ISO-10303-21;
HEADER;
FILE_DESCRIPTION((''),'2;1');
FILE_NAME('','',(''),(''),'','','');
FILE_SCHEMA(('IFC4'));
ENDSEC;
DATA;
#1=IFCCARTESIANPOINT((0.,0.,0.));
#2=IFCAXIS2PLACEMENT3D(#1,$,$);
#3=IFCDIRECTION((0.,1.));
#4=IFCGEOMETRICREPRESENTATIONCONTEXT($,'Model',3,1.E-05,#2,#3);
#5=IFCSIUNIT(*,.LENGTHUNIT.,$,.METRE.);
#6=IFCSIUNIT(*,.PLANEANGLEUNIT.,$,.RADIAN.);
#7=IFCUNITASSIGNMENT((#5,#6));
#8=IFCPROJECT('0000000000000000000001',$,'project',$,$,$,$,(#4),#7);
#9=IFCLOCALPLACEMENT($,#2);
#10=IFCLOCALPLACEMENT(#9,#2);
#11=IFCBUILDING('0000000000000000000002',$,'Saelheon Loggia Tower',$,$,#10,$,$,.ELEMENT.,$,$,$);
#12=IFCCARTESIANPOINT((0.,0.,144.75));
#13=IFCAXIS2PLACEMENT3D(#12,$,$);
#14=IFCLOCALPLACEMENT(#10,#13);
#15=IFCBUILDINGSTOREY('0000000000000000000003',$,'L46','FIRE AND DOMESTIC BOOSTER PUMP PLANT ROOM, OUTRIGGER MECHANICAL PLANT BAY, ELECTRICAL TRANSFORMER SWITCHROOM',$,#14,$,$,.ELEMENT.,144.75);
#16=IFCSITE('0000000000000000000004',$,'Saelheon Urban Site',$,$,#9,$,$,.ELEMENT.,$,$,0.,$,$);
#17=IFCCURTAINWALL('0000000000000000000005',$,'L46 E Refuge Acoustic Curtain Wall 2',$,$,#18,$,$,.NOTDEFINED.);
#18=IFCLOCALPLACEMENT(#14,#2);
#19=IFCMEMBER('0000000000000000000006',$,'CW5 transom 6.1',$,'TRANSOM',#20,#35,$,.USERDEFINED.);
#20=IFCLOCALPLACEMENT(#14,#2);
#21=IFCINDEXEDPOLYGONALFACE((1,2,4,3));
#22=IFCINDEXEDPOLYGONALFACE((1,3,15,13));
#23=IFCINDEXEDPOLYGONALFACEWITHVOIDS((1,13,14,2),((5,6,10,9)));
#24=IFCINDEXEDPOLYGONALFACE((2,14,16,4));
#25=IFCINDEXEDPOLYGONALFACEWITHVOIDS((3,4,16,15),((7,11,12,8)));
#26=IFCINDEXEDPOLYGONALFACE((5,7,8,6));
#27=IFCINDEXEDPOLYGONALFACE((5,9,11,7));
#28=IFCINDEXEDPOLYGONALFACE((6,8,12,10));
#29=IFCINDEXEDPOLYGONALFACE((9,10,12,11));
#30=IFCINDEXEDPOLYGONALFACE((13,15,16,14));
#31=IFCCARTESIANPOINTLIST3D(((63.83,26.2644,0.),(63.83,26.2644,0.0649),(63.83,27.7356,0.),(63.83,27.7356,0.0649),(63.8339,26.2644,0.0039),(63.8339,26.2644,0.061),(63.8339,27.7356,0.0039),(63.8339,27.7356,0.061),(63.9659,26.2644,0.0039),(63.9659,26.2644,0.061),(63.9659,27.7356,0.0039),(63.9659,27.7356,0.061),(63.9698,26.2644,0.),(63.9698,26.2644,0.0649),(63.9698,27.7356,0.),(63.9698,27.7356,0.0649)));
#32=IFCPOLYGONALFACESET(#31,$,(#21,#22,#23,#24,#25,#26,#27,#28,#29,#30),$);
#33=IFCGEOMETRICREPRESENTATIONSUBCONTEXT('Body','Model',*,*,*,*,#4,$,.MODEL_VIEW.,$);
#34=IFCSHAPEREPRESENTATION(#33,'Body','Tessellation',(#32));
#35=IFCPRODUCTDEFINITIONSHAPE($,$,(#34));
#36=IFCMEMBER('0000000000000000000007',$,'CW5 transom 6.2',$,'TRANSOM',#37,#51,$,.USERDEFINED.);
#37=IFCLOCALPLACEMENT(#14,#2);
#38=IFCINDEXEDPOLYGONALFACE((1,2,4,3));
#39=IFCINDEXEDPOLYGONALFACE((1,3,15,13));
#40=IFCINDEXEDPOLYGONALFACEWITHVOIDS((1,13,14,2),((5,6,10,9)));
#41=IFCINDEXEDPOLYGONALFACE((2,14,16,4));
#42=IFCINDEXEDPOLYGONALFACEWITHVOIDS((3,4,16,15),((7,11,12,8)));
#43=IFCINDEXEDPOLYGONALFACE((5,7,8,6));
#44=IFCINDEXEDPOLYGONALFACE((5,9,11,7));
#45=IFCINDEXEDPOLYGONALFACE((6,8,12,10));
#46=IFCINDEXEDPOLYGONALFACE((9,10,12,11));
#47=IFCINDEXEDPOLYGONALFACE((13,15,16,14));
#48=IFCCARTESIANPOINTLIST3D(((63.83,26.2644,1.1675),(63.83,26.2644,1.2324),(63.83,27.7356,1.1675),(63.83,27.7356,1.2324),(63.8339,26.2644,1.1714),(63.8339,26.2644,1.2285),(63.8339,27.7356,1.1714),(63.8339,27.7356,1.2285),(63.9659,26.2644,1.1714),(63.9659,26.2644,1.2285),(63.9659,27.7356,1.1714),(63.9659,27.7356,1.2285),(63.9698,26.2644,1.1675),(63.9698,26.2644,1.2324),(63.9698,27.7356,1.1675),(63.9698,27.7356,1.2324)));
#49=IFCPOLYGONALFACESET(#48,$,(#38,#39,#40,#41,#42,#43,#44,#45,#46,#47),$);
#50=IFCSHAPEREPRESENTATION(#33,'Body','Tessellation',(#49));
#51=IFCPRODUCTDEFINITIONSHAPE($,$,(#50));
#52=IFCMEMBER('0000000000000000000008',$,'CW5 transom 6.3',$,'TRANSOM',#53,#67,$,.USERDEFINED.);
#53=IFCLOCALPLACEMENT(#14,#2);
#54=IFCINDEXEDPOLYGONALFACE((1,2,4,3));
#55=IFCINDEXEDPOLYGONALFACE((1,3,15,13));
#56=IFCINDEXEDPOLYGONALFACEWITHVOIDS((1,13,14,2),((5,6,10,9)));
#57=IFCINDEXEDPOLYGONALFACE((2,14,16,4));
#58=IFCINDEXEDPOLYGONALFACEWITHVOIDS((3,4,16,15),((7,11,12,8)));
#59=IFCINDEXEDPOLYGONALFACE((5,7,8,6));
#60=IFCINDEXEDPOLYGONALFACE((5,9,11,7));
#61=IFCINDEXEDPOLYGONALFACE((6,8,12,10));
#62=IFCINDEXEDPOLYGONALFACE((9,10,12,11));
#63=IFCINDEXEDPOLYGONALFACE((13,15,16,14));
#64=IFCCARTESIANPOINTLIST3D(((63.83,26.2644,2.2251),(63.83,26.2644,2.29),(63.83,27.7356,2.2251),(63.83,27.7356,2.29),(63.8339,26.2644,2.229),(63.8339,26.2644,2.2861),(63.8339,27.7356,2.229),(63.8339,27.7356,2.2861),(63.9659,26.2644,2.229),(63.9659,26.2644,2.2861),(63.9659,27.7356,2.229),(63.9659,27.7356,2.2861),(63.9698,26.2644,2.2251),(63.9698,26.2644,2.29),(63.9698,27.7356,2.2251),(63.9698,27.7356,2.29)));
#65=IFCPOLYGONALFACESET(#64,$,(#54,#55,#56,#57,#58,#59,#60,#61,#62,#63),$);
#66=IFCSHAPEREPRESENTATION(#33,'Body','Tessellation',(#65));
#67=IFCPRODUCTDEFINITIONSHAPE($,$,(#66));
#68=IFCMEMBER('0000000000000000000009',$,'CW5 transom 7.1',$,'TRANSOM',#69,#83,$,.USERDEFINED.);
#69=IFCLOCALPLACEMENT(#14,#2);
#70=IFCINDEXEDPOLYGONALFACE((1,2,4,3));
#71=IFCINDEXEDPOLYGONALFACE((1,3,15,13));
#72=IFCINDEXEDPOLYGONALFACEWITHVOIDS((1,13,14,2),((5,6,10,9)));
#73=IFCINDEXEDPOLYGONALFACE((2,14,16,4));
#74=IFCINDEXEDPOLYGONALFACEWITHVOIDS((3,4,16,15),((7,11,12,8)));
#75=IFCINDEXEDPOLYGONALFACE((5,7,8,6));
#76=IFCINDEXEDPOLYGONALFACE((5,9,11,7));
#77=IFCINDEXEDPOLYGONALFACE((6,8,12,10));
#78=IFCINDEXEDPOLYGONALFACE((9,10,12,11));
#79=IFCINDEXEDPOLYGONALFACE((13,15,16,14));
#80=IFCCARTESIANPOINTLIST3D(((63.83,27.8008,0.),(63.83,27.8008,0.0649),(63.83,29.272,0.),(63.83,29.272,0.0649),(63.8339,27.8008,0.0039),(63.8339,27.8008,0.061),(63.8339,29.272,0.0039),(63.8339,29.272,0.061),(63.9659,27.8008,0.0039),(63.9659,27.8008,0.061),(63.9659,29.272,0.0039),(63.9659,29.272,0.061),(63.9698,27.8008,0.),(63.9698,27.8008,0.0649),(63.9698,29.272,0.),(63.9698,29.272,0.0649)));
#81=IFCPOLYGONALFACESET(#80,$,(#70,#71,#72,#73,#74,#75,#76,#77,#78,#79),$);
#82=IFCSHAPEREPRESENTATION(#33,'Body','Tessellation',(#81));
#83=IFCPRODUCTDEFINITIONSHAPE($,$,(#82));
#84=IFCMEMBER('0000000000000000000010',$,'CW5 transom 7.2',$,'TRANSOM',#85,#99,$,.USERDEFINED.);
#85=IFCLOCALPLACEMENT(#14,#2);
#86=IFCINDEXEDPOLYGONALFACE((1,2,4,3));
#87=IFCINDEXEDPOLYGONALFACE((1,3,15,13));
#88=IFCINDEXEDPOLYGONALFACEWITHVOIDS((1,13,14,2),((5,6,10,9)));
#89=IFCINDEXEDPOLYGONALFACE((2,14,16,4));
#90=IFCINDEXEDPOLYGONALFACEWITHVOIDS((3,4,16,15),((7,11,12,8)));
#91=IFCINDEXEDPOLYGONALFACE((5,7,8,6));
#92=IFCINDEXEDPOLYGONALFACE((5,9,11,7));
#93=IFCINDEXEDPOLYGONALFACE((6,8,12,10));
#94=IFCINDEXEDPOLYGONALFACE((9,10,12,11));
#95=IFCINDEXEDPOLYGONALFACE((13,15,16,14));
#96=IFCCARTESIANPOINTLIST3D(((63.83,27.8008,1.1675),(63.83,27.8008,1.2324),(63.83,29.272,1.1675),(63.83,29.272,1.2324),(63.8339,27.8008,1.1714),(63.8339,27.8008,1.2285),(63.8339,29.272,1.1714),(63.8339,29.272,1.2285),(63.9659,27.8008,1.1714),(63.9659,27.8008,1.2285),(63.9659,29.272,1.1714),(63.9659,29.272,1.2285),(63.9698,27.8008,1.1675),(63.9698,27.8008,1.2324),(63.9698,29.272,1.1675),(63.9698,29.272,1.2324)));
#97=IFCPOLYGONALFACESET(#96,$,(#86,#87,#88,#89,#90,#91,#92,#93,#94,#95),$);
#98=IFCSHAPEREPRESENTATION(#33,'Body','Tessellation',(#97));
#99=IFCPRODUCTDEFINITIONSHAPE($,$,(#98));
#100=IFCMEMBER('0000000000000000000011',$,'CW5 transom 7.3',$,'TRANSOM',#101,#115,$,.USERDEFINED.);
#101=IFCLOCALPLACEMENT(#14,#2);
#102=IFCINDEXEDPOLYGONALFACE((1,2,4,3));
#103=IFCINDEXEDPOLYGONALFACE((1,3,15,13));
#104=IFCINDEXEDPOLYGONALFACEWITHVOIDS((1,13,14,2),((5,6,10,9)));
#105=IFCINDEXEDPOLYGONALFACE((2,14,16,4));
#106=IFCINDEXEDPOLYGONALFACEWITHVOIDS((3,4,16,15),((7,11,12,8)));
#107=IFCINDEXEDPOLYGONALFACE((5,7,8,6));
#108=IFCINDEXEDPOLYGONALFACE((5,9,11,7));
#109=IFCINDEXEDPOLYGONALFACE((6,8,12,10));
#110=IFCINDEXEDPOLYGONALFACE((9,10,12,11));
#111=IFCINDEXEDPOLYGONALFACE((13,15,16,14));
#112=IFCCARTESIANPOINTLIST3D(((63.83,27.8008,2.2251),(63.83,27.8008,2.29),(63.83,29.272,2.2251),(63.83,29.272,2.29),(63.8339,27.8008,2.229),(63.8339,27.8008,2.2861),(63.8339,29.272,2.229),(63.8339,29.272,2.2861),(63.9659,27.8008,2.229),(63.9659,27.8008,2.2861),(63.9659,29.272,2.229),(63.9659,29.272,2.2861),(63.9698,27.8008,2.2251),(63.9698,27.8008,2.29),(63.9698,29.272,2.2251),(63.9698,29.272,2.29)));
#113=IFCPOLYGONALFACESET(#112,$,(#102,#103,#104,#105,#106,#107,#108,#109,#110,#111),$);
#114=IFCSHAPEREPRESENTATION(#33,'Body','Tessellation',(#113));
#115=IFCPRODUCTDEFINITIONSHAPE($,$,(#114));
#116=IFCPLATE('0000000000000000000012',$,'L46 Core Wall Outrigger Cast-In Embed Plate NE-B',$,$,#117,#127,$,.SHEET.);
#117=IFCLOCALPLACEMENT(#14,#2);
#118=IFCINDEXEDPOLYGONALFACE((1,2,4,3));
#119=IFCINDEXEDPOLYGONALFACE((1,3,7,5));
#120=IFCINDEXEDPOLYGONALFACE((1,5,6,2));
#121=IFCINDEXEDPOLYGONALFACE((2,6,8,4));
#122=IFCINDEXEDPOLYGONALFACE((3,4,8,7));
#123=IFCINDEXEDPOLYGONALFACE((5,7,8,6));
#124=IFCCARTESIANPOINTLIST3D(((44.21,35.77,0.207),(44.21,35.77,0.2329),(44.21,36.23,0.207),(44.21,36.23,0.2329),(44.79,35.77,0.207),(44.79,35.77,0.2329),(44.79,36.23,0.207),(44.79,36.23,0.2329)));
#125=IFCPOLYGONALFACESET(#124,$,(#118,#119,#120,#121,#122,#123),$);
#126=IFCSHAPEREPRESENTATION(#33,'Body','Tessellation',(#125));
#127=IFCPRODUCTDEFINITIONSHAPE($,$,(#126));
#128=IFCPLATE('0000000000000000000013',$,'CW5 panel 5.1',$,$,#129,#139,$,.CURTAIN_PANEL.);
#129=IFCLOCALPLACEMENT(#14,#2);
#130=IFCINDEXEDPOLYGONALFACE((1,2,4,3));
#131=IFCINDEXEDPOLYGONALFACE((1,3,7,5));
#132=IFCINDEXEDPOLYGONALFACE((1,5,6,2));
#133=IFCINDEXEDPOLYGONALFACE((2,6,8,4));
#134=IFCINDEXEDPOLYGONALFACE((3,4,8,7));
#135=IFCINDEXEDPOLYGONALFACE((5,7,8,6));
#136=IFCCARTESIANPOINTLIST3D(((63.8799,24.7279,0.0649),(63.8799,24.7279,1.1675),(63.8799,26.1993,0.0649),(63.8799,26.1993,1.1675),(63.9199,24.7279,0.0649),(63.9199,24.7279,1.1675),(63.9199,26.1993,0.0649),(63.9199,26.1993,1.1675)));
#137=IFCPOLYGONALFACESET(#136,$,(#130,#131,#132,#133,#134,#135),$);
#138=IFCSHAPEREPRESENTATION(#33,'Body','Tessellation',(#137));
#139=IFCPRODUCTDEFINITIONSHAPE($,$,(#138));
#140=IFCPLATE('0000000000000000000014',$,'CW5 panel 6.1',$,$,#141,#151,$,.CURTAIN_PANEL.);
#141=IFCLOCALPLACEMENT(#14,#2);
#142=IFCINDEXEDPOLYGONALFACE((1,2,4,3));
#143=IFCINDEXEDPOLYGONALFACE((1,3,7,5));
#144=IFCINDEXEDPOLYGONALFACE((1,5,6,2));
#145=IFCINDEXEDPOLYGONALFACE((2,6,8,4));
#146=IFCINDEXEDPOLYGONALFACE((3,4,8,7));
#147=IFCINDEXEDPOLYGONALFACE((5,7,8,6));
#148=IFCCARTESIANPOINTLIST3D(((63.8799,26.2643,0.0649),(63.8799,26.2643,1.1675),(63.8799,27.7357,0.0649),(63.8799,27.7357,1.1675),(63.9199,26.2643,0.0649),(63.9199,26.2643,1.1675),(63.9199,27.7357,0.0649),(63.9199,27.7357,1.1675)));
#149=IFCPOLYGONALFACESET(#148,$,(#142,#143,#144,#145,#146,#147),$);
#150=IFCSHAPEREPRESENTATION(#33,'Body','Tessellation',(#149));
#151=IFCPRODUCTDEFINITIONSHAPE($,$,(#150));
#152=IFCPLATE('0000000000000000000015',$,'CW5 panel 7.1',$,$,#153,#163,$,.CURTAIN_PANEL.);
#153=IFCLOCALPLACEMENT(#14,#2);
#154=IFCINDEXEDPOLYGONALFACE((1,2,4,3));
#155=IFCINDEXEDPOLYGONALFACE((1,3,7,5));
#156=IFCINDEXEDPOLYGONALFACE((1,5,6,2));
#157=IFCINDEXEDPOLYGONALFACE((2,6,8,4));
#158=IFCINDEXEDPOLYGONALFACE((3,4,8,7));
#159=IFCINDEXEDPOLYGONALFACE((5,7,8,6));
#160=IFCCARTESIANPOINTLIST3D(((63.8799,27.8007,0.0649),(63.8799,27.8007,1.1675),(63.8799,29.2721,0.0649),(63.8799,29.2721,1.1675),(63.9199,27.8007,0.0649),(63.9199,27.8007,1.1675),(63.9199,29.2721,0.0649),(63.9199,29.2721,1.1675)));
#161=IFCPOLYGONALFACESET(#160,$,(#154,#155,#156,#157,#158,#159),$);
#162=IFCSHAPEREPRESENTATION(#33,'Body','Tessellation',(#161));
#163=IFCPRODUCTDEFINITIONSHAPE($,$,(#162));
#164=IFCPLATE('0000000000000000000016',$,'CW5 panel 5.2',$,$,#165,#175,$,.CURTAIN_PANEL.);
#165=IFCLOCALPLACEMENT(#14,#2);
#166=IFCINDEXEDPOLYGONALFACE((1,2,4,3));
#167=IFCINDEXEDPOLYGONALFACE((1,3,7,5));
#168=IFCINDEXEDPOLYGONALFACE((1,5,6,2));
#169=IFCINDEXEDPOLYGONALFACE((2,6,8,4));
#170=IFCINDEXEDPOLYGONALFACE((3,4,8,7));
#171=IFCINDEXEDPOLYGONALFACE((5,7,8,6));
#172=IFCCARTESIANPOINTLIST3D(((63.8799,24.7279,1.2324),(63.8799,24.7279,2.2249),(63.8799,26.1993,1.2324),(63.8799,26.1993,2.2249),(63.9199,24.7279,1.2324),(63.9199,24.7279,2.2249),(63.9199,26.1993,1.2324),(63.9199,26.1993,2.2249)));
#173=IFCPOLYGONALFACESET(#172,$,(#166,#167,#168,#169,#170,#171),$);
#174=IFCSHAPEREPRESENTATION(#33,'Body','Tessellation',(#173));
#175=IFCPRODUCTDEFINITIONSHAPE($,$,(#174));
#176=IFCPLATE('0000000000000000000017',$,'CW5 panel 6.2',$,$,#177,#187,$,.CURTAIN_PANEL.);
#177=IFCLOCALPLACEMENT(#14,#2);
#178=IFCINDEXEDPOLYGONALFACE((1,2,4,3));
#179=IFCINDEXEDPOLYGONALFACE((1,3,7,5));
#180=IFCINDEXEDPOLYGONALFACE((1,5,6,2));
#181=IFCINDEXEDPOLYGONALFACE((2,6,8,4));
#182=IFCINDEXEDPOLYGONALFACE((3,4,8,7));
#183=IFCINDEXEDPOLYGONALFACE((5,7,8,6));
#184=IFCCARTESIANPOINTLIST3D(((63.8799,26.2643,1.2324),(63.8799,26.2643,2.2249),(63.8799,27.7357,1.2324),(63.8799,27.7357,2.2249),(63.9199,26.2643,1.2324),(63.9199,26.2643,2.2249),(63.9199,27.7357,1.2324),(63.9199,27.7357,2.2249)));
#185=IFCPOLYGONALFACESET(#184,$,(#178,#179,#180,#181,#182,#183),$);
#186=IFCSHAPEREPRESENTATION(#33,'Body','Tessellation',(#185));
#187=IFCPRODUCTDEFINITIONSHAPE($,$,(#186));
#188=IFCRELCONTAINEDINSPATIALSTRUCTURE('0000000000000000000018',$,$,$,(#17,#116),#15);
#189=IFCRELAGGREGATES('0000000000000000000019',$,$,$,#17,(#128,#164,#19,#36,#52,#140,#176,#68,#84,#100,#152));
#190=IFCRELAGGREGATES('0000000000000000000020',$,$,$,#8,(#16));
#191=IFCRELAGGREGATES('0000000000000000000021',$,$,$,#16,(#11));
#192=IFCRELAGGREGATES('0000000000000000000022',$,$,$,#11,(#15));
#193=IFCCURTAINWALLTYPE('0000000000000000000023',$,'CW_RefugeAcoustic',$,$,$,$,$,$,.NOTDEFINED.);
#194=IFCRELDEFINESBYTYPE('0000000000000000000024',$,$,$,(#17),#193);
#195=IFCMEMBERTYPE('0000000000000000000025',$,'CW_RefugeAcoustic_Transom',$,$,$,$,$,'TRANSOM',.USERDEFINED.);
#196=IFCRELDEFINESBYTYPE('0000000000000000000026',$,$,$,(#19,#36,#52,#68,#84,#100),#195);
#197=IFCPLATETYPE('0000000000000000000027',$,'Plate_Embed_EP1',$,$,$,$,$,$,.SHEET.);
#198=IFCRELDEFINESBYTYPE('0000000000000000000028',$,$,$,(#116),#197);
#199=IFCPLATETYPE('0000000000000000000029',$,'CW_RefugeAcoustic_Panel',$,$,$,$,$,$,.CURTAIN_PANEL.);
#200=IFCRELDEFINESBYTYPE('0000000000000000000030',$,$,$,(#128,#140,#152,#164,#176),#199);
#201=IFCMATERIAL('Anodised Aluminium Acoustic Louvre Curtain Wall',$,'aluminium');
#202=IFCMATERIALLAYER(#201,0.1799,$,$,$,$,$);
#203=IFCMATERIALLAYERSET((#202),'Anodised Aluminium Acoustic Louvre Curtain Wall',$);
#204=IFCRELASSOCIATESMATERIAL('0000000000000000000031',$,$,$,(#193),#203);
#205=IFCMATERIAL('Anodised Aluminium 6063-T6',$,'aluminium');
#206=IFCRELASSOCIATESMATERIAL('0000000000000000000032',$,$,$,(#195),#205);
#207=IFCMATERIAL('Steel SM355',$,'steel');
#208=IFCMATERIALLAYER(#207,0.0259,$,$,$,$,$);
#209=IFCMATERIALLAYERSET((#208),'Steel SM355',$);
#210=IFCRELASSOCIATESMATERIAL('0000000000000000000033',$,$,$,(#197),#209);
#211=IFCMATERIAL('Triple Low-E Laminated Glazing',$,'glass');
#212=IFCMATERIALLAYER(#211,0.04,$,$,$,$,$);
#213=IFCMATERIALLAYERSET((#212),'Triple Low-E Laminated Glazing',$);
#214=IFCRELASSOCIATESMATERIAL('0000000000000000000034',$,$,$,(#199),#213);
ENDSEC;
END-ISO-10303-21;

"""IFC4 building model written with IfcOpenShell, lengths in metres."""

from ifc_helpers import new_model, si_unit, direction, frame, origin, origin_2d, place, context, subcontext, project, spatial, rectangle, hollow_rectangle, extrude, source, transform, mapped, material, layer, layer_set, material_profile, profile_set, type_object, element, aggregate, save


model = new_model("IFC4")

# Units and contexts
model_context = context("Model", 3, precision=1e-05, world=origin(), true_north=direction((0.0, 1.0)))
body_context = subcontext(model_context, "Body", "Model", "MODEL_VIEW")
ifc_project = project(units=[si_unit("LENGTHUNIT", "METRE"), si_unit("PLANEANGLEUNIT", "RADIAN")], contexts=[model_context])

# Site, building, storey
site_placement = place(None, origin())
site = spatial("IfcSite", under=ifc_project, at=site_placement, Name="Saelheon Urban Site", CompositionType="ELEMENT", RefElevation=0.0)
building_placement = place(site_placement, origin())
building = spatial("IfcBuilding", under=site, at=building_placement, Name="Saelheon Loggia Tower", CompositionType="ELEMENT")
storey_placement = place(building_placement, frame((0.0, 0.0, 144.75)))
storey = spatial("IfcBuildingStorey", under=building, at=storey_placement, Name="L46", Description="FIRE AND DOMESTIC BOOSTER PUMP PLANT ROOM, OUTRIGGER MECHANICAL PLANT BAY, ELECTRICAL TRANSFORMER SWITCHROOM", CompositionType="ELEMENT", Elevation=144.75)

# Shared definitions
ifc_material_1 = material(Name="Steel SM355", Category="steel")

# Curtain wall, members
ifc_material_2 = material(Name="Anodised Aluminium Acoustic Louvre Curtain Wall", Category="aluminium")
ifc_layer_1 = layer(ifc_material_2, 0.1799)
ifc_layer_set_1 = layer_set([ifc_layer_1], Name="Anodised Aluminium Acoustic Louvre Curtain Wall")
curtain_wall_type = type_object("IfcCurtainWallType", Name="CW_RefugeAcoustic", PredefinedType="NOTDEFINED", material=ifc_layer_set_1)
curtain_wall_placement = place(storey_placement, origin())
curtain_wall = element("IfcCurtainWall", 1, at=curtain_wall_placement, inside=storey, type_object=curtain_wall_type, Name="L46 E Refuge Acoustic Curtain Wall 2", PredefinedType="NOTDEFINED")
ifc_material_3 = material(Name="Anodised Aluminium 6063-T6", Category="aluminium")
ifc_material_profile_1 = material_profile(ifc_material_3, hollow_rectangle(XDim=0.0649, YDim=0.1399, WallThickness=0.0039, at=origin_2d()), Name="RHS-140x65x4")
ifc_profile_set_1 = profile_set([ifc_material_profile_1], Name="Anodised Aluminium 6063-T6")
member_type_1 = type_object("IfcMemberType", Name="CW_RefugeAcoustic_Transom", ElementType="TRANSOM", PredefinedType="USERDEFINED", material=ifc_profile_set_1)
shared_shape_1 = source(origin(), body_context, "Body", "SweptSolid", [
    extrude(hollow_rectangle(XDim=0.0649, YDim=0.1399, WallThickness=0.0039, at=origin_2d()), origin(), (0.0, 0.0, 1.0), 1.4712),
])
member_1_placement = place(storey_placement, frame((63.8999, 26.2644, 0.0325), z_axis=(0.0, 1.0, 0.0), x_axis=(0.0, 0.0, 1.0)))
member_1 = element("IfcMember", 2, at=member_1_placement, type_object=member_type_1, Name="CW5 transom 6.1", ObjectType="TRANSOM", PredefinedType="USERDEFINED", context=body_context, shape_type="MappedRepresentation", body=[
    mapped(shared_shape_1, transform((0.0, 0.0, 0.0), scale=1.0)),
])
member_2_placement = place(storey_placement, frame((63.8999, 26.2644, 1.2), z_axis=(0.0, 1.0, 0.0), x_axis=(0.0, 0.0, 1.0)))
member_2 = element("IfcMember", 3, at=member_2_placement, type_object=member_type_1, Name="CW5 transom 6.2", ObjectType="TRANSOM", PredefinedType="USERDEFINED", context=body_context, shape_type="MappedRepresentation", body=[
    mapped(shared_shape_1, transform((0.0, 0.0, 0.0), scale=1.0)),
])
member_3_placement = place(storey_placement, frame((63.8999, 26.2644, 2.2576), z_axis=(0.0, 1.0, 0.0), x_axis=(0.0, 0.0, 1.0)))
member_3 = element("IfcMember", 4, at=member_3_placement, type_object=member_type_1, Name="CW5 transom 6.3", ObjectType="TRANSOM", PredefinedType="USERDEFINED", context=body_context, shape_type="MappedRepresentation", body=[
    mapped(shared_shape_1, transform((0.0, 0.0, 0.0), scale=1.0)),
])
member_4_placement = place(storey_placement, frame((63.8999, 27.8008, 0.0325), z_axis=(0.0, 1.0, 0.0), x_axis=(0.0, 0.0, 1.0)))
member_4 = element("IfcMember", 5, at=member_4_placement, type_object=member_type_1, Name="CW5 transom 7.1", ObjectType="TRANSOM", PredefinedType="USERDEFINED", context=body_context, shape_type="MappedRepresentation", body=[
    mapped(shared_shape_1, transform((0.0, 0.0, 0.0), scale=1.0)),
])
member_5_placement = place(storey_placement, frame((63.8999, 27.8008, 1.2), z_axis=(0.0, 1.0, 0.0), x_axis=(0.0, 0.0, 1.0)))
member_5 = element("IfcMember", 6, at=member_5_placement, type_object=member_type_1, Name="CW5 transom 7.2", ObjectType="TRANSOM", PredefinedType="USERDEFINED", context=body_context, shape_type="MappedRepresentation", body=[
    mapped(shared_shape_1, transform((0.0, 0.0, 0.0), scale=1.0)),
])
member_6_placement = place(storey_placement, frame((63.8999, 27.8008, 2.2576), z_axis=(0.0, 1.0, 0.0), x_axis=(0.0, 0.0, 1.0)))
member_6 = element("IfcMember", 7, at=member_6_placement, type_object=member_type_1, Name="CW5 transom 7.3", ObjectType="TRANSOM", PredefinedType="USERDEFINED", context=body_context, shape_type="MappedRepresentation", body=[
    mapped(shared_shape_1, transform((0.0, 0.0, 0.0), scale=1.0)),
])

# Plates
ifc_layer_2 = layer(ifc_material_1, 0.0259)
ifc_layer_set_2 = layer_set([ifc_layer_2], Name="Steel SM355")
plate_type_1 = type_object("IfcPlateType", Name="Plate_Embed_EP1", PredefinedType="SHEET", material=ifc_layer_set_2)
shared_shape_2 = source(origin(), body_context, "Body", "SweptSolid", [
    extrude(rectangle(XDim=0.5801, YDim=0.46, at=origin_2d()), origin(), (0.0, 0.0, 1.0), 0.0259),
])
plate_1_placement = place(storey_placement, frame((44.5, 36.0, 0.207), z_axis=(0.0, 0.0, 1.0), x_axis=(1.0, 0.0, 0.0)))
element("IfcPlate", 8, at=plate_1_placement, inside=storey, type_object=plate_type_1, Name="L46 Core Wall Outrigger Cast-In Embed Plate NE-B", PredefinedType="SHEET", context=body_context, shape_type="MappedRepresentation", body=[
    mapped(shared_shape_2, transform((0.0, 0.0, 0.0), scale=1.0)),
])
ifc_material_4 = material(Name="Triple Low-E Laminated Glazing", Category="glass")
ifc_layer_3 = layer(ifc_material_4, 0.04)
ifc_layer_set_3 = layer_set([ifc_layer_3], Name="Triple Low-E Laminated Glazing")
plate_type_2 = type_object("IfcPlateType", Name="CW_RefugeAcoustic_Panel", PredefinedType="CURTAIN_PANEL", material=ifc_layer_set_3)
shared_shape_3 = source(origin(), body_context, "Body", "SweptSolid", [
    extrude(rectangle(XDim=1.4714, YDim=0.04, at=origin_2d()), origin(), (0.0, 0.0, 1.0), 1.1025),
])
plate_2_placement = place(storey_placement, frame((63.8999, 25.4636, 0.0649), z_axis=(0.0, 0.0, 1.0), x_axis=(0.0, 1.0, 0.0)))
plate_2 = element("IfcPlate", 9, at=plate_2_placement, type_object=plate_type_2, Name="CW5 panel 5.1", PredefinedType="CURTAIN_PANEL", context=body_context, shape_type="MappedRepresentation", body=[
    mapped(shared_shape_3, transform((0.0, 0.0, 0.0), scale=1.0)),
])
plate_3_placement = place(storey_placement, frame((63.8999, 27.0, 0.0649), z_axis=(0.0, 0.0, 1.0), x_axis=(0.0, 1.0, 0.0)))
plate_3 = element("IfcPlate", 10, at=plate_3_placement, type_object=plate_type_2, Name="CW5 panel 6.1", PredefinedType="CURTAIN_PANEL", context=body_context, shape_type="MappedRepresentation", body=[
    mapped(shared_shape_3, transform((0.0, 0.0, 0.0), scale=1.0)),
])
plate_4_placement = place(storey_placement, frame((63.8999, 28.5364, 0.0649), z_axis=(0.0, 0.0, 1.0), x_axis=(0.0, 1.0, 0.0)))
plate_4 = element("IfcPlate", 11, at=plate_4_placement, type_object=plate_type_2, Name="CW5 panel 7.1", PredefinedType="CURTAIN_PANEL", context=body_context, shape_type="MappedRepresentation", body=[
    mapped(shared_shape_3, transform((0.0, 0.0, 0.0), scale=1.0)),
])
shared_shape_4 = source(origin(), body_context, "Body", "SweptSolid", [
    extrude(rectangle(XDim=1.4714, YDim=0.04, at=origin_2d()), origin(), (0.0, 0.0, 1.0), 0.9924),
])
plate_5_placement = place(storey_placement, frame((63.8999, 25.4636, 1.2324), z_axis=(0.0, 0.0, 1.0), x_axis=(0.0, 1.0, 0.0)))
plate_5 = element("IfcPlate", 12, at=plate_5_placement, type_object=plate_type_2, Name="CW5 panel 5.2", PredefinedType="CURTAIN_PANEL", context=body_context, shape_type="MappedRepresentation", body=[
    mapped(shared_shape_4, transform((0.0, 0.0, 0.0), scale=1.0)),
])
plate_6_placement = place(storey_placement, frame((63.8999, 27.0, 1.2324), z_axis=(0.0, 0.0, 1.0), x_axis=(0.0, 1.0, 0.0)))
plate_6 = element("IfcPlate", 13, at=plate_6_placement, type_object=plate_type_2, Name="CW5 panel 6.2", PredefinedType="CURTAIN_PANEL", context=body_context, shape_type="MappedRepresentation", body=[
    mapped(shared_shape_4, transform((0.0, 0.0, 0.0), scale=1.0)),
])
aggregate(curtain_wall, [plate_2, plate_5, member_1, member_2, member_3, plate_3, plate_6, member_4, member_5, member_6, plate_4])

save(model, "model.ifc")
